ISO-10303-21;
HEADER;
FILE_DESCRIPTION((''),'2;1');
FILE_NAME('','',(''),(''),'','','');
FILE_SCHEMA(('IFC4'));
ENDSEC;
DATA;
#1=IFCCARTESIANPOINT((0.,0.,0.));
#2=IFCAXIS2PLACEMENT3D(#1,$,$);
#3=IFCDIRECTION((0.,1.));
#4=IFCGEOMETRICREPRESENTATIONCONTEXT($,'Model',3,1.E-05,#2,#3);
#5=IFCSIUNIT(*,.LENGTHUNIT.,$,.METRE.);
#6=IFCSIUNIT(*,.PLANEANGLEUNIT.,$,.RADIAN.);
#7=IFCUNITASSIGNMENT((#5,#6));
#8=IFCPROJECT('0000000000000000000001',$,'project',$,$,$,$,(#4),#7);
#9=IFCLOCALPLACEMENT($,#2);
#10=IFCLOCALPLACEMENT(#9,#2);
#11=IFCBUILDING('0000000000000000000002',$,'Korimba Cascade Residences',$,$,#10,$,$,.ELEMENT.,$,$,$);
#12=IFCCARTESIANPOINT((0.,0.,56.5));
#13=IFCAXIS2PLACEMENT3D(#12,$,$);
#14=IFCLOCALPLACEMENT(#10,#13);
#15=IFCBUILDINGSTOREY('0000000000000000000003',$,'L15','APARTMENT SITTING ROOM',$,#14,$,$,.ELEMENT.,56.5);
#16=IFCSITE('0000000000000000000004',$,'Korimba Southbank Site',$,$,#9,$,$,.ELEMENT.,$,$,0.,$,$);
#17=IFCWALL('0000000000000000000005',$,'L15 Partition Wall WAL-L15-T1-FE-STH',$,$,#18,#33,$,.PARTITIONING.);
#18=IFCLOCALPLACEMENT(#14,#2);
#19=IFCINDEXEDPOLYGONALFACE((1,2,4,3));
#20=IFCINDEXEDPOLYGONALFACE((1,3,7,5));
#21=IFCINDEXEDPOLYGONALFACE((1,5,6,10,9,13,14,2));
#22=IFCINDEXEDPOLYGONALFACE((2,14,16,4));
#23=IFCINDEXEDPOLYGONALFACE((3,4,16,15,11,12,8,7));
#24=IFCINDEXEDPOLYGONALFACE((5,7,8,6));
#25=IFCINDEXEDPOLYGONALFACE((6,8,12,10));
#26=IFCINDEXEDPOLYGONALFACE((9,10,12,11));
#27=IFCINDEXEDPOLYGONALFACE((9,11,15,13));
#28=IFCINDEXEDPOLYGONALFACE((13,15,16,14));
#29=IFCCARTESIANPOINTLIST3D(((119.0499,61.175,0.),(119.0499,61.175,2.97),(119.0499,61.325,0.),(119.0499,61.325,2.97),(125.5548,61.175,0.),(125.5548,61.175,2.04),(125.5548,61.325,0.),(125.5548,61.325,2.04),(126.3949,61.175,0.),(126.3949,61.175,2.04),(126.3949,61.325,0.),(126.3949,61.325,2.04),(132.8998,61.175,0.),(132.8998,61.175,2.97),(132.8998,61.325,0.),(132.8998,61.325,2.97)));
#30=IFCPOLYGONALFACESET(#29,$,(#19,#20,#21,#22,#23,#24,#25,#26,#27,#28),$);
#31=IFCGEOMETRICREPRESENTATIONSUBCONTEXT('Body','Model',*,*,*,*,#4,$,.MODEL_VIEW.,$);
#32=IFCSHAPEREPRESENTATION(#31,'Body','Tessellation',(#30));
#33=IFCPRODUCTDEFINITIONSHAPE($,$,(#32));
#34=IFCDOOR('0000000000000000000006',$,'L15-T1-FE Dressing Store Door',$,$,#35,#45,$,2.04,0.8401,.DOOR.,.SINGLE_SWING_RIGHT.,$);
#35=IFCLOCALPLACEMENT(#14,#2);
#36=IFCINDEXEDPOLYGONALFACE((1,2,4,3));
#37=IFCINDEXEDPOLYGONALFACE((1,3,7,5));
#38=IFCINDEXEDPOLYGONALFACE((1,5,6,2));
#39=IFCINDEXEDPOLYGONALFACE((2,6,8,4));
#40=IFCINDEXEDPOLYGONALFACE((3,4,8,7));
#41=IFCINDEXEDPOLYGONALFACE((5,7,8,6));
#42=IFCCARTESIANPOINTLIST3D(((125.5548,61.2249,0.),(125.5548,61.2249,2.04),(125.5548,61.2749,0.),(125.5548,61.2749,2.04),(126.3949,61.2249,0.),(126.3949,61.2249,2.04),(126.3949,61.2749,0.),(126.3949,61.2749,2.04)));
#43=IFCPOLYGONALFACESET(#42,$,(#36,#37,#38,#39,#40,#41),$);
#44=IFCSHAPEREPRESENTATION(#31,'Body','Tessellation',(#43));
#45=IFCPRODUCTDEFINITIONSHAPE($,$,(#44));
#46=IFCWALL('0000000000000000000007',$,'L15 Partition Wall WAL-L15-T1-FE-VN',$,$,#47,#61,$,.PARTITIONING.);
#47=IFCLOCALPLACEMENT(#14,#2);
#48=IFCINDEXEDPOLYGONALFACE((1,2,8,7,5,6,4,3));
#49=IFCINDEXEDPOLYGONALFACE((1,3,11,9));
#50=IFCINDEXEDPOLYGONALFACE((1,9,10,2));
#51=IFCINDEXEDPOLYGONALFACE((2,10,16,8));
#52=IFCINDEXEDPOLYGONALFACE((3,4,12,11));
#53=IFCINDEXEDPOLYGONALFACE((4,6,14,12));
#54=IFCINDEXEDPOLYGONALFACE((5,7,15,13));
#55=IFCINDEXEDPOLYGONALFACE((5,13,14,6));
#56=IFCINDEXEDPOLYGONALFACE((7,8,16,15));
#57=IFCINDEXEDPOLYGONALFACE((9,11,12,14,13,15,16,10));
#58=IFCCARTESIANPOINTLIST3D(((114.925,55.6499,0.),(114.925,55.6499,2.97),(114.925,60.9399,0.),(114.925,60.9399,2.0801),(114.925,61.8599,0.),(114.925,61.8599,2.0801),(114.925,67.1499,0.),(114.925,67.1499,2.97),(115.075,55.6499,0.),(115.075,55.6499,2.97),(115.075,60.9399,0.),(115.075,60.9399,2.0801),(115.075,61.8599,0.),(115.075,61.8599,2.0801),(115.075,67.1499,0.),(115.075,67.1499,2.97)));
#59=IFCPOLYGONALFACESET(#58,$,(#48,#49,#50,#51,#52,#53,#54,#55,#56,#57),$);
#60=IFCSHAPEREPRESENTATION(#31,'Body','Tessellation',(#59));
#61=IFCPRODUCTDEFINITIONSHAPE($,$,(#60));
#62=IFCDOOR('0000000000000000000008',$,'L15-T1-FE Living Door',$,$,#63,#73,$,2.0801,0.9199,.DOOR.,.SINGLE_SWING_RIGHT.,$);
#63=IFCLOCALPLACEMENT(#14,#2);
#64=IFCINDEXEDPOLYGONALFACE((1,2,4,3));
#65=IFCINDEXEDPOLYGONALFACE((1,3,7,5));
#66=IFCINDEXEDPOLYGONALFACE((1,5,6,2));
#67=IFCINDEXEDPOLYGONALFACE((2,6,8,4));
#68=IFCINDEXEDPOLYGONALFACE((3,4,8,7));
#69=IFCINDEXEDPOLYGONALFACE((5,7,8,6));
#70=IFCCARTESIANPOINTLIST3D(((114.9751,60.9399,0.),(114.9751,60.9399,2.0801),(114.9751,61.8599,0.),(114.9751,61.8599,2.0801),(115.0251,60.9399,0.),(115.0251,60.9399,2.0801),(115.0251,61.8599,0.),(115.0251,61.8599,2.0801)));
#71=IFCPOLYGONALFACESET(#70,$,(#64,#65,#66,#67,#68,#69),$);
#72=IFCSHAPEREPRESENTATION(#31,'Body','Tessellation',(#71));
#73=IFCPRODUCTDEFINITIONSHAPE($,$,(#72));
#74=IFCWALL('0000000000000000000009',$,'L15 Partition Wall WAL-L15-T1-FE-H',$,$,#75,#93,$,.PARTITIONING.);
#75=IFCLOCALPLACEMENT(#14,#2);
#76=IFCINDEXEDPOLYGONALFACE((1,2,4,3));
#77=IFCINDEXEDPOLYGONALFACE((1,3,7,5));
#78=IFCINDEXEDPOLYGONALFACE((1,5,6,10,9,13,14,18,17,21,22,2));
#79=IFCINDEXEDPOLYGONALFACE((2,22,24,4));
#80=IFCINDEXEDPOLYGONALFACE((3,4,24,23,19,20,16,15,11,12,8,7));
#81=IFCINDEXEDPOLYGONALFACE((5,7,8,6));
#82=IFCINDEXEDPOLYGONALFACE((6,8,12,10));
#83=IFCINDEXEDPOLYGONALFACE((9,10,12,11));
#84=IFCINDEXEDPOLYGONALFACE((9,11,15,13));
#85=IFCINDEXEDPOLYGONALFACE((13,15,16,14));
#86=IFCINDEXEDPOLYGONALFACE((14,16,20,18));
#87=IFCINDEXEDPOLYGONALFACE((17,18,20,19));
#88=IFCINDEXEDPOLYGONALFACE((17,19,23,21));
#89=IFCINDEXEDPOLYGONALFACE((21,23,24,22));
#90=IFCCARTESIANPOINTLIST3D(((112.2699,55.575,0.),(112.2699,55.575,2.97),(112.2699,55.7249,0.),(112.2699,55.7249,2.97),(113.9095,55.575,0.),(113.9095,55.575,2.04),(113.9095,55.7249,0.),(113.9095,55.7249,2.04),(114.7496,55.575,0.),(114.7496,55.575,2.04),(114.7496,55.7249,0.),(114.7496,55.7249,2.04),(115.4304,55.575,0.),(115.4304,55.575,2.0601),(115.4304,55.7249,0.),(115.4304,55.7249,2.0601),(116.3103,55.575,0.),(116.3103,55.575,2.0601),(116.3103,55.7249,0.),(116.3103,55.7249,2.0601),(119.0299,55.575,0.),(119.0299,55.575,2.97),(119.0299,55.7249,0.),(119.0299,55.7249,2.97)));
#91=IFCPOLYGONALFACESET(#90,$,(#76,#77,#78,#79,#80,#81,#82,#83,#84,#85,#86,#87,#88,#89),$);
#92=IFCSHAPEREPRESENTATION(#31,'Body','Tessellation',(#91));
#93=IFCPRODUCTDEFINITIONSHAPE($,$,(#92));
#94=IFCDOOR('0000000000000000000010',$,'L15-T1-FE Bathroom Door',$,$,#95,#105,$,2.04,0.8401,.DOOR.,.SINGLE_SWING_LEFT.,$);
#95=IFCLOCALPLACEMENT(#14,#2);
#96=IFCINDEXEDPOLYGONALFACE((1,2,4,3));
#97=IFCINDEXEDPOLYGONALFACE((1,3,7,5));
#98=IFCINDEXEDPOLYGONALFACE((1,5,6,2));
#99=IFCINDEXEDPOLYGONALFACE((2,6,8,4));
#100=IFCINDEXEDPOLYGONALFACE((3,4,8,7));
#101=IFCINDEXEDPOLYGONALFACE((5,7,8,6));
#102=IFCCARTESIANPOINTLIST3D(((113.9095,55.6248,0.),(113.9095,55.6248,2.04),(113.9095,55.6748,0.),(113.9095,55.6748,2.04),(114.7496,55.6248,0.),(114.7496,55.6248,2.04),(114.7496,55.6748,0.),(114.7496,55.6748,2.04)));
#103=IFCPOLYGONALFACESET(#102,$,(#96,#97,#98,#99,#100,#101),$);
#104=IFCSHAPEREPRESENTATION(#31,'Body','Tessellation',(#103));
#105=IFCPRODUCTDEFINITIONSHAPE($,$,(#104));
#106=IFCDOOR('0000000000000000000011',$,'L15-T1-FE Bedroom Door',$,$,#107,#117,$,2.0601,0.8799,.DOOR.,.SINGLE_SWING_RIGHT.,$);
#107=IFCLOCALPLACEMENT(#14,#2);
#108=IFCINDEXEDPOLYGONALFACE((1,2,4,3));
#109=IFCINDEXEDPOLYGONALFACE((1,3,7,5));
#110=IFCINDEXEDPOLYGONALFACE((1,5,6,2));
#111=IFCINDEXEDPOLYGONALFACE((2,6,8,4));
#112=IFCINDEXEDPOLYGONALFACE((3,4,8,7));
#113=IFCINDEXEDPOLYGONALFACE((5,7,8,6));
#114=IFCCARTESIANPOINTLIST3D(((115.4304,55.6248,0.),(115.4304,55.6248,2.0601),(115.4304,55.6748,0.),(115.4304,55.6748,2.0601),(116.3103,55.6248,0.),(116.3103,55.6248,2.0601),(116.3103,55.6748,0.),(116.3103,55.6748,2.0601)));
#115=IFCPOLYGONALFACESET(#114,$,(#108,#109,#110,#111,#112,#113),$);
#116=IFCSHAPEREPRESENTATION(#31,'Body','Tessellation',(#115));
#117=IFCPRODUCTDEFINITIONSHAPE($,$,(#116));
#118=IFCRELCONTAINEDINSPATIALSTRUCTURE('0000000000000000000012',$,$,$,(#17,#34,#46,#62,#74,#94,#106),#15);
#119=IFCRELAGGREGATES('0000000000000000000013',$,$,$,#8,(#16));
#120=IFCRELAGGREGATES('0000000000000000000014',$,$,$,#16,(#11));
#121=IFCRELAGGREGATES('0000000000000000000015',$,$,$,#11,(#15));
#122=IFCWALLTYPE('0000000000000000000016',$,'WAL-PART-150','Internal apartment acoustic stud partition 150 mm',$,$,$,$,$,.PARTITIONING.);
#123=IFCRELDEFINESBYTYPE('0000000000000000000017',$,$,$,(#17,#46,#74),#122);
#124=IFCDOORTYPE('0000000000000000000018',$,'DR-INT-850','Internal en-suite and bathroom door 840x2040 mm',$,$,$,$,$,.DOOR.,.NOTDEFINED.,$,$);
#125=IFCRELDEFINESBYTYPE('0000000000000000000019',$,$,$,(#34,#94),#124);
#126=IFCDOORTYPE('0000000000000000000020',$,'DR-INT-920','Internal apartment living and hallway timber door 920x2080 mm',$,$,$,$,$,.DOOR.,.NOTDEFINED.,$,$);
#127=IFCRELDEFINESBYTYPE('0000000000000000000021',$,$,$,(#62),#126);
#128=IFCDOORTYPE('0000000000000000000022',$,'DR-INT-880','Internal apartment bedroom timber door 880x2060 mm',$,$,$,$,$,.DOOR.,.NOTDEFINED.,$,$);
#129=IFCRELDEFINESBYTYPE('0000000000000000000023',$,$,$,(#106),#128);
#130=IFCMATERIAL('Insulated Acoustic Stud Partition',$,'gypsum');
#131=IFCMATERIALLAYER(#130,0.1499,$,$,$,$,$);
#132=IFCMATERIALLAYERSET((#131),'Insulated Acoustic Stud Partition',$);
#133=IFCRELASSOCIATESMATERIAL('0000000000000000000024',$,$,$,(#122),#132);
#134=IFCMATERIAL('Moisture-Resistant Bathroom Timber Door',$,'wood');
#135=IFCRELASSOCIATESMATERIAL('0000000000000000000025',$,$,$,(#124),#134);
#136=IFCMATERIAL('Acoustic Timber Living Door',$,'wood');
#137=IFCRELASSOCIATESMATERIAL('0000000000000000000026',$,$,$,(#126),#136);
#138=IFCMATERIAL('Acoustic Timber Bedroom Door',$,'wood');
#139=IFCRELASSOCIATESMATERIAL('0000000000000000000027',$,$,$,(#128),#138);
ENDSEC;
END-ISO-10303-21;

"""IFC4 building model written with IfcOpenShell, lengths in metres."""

from ifc_helpers import new_model, si_unit, direction, frame, frame_2d, origin, place, context, subcontext, project, spatial, rectangle, extrude, material, layer, layer_set, type_object, element, fill, save


model = new_model("IFC4")

# Units and contexts
model_context = context("Model", 3, precision=1e-05, world=origin(), true_north=direction((0.0, 1.0)))
body_context = subcontext(model_context, "Body", "Model", "MODEL_VIEW")
ifc_project = project(units=[si_unit("LENGTHUNIT", "METRE"), si_unit("PLANEANGLEUNIT", "RADIAN")], contexts=[model_context])

# Site, building, storey
site_placement = place(None, origin())
site = spatial("IfcSite", under=ifc_project, at=site_placement, Name="Korimba Southbank Site", CompositionType="ELEMENT", RefElevation=0.0)
building_placement = place(site_placement, origin())
building = spatial("IfcBuilding", under=site, at=building_placement, Name="Korimba Cascade Residences", CompositionType="ELEMENT")
storey_placement = place(building_placement, frame((0.0, 0.0, 56.5)))
storey = spatial("IfcBuildingStorey", under=building, at=storey_placement, Name="L15", Description="APARTMENT SITTING ROOM", CompositionType="ELEMENT", Elevation=56.5)

# Walls, openings, doors
ifc_material_1 = material(Name="Insulated Acoustic Stud Partition", Category="gypsum")
ifc_layer_1 = layer(ifc_material_1, 0.1499)
ifc_layer_set_1 = layer_set([ifc_layer_1], Name="Insulated Acoustic Stud Partition")
wall_type_1 = type_object("IfcWallType", Name="WAL-PART-150", Description="Internal apartment acoustic stud partition 150 mm", PredefinedType="PARTITIONING", material=ifc_layer_set_1)
wall_1_placement = place(storey_placement, frame((119.05, 61.25, 0.0), z_axis=(0.0, 0.0, 1.0), x_axis=(1.0, 0.0, 0.0)))
wall_1 = element("IfcWall", 1, at=wall_1_placement, inside=storey, type_object=wall_type_1, Name="L15 Partition Wall WAL-L15-T1-FE-STH", PredefinedType="PARTITIONING", context=body_context, shape_type="SweptSolid", body=[
    extrude(rectangle(XDim=13.8499, YDim=0.1499, at=frame_2d((6.9248, 0.0))), origin(), (0.0, 0.0, 1.0), 2.97),
])
opening_1_placement = place(wall_1_placement, frame((6.5049, 0.0, 0.0)))
opening_1 = element("IfcOpeningElement", 2, at=opening_1_placement, cuts=wall_1, PredefinedType="OPENING", context=body_context, shape_type="SweptSolid", body=[
    extrude(rectangle(XDim=0.8401, YDim=2.04, at=frame_2d((0.4199, 1.02))), frame((0.0, 0.085, 0.0), z_axis=(0.0, -1.0, 0.0), x_axis=(1.0, 0.0, 0.0)), (0.0, 0.0, 1.0), 0.1699),
])
ifc_material_2 = material(Name="Moisture-Resistant Bathroom Timber Door", Category="wood")
door_type_1 = type_object("IfcDoorType", Name="DR-INT-850", Description="Internal en-suite and bathroom door 840x2040 mm", OperationType="NOTDEFINED", PredefinedType="DOOR", material=ifc_material_2)
door_1_placement = place(opening_1_placement, origin())
door_1 = element("IfcDoor", 3, at=door_1_placement, inside=storey, type_object=door_type_1, Name="L15-T1-FE Dressing Store Door", OperationType="SINGLE_SWING_RIGHT", OverallHeight=2.04, OverallWidth=0.8401, PredefinedType="DOOR", context=body_context, shape_type="SweptSolid", body=[
    extrude(rectangle(XDim=0.8401, YDim=2.04, at=frame_2d((0.4199, 1.02))), frame((0.0, 0.0249, 0.0), z_axis=(0.0, -1.0, 0.0), x_axis=(1.0, 0.0, 0.0)), (0.0, 0.0, 1.0), 0.05),
])
fill(opening_1, door_1)
wall_2_placement = place(storey_placement, frame((115.0, 55.6499, 0.0), z_axis=(0.0, 0.0, 1.0), x_axis=(0.0, 1.0, 0.0)))
wall_2 = element("IfcWall", 4, at=wall_2_placement, inside=storey, type_object=wall_type_1, Name="L15 Partition Wall WAL-L15-T1-FE-VN", PredefinedType="PARTITIONING", context=body_context, shape_type="SweptSolid", body=[
    extrude(rectangle(XDim=11.5, YDim=0.1499, at=frame_2d((5.75, 0.0))), origin(), (0.0, 0.0, 1.0), 2.97),
])
opening_2_placement = place(wall_2_placement, frame((5.29, 0.0, 0.0)))
opening_2 = element("IfcOpeningElement", 5, at=opening_2_placement, cuts=wall_2, PredefinedType="OPENING", context=body_context, shape_type="SweptSolid", body=[
    extrude(rectangle(XDim=0.9199, YDim=2.0801, at=frame_2d((0.46, 1.04))), frame((0.0, 0.085, 0.0), z_axis=(0.0, -1.0, 0.0), x_axis=(1.0, 0.0, 0.0)), (0.0, 0.0, 1.0), 0.1699),
])
ifc_material_3 = material(Name="Acoustic Timber Living Door", Category="wood")
door_type_2 = type_object("IfcDoorType", Name="DR-INT-920", Description="Internal apartment living and hallway timber door 920x2080 mm", OperationType="NOTDEFINED", PredefinedType="DOOR", material=ifc_material_3)
door_2_placement = place(opening_2_placement, origin())
door_2 = element("IfcDoor", 6, at=door_2_placement, inside=storey, type_object=door_type_2, Name="L15-T1-FE Living Door", OperationType="SINGLE_SWING_RIGHT", OverallHeight=2.0801, OverallWidth=0.9199, PredefinedType="DOOR", context=body_context, shape_type="SweptSolid", body=[
    extrude(rectangle(XDim=0.9199, YDim=2.0801, at=frame_2d((0.46, 1.04))), frame((0.0, 0.0249, 0.0), z_axis=(0.0, -1.0, 0.0), x_axis=(1.0, 0.0, 0.0)), (0.0, 0.0, 1.0), 0.05),
])
fill(opening_2, door_2)

# Wall, openings, doors
wall_3_placement = place(storey_placement, frame((112.27, 55.6499, 0.0), z_axis=(0.0, 0.0, 1.0), x_axis=(1.0, 0.0, 0.0)))
wall_3 = element("IfcWall", 7, at=wall_3_placement, inside=storey, type_object=wall_type_1, Name="L15 Partition Wall WAL-L15-T1-FE-H", PredefinedType="PARTITIONING", context=body_context, shape_type="SweptSolid", body=[
    extrude(rectangle(XDim=6.76, YDim=0.1499, at=frame_2d((3.3799, 0.0))), origin(), (0.0, 0.0, 1.0), 2.97),
])
opening_3_placement = place(wall_3_placement, frame((1.6396, 0.0, 0.0)))
opening_3 = element("IfcOpeningElement", 8, at=opening_3_placement, cuts=wall_3, PredefinedType="OPENING", context=body_context, shape_type="SweptSolid", body=[
    extrude(rectangle(XDim=0.8401, YDim=2.04, at=frame_2d((0.4199, 1.02))), frame((0.0, 0.085, 0.0), z_axis=(0.0, -1.0, 0.0), x_axis=(1.0, 0.0, 0.0)), (0.0, 0.0, 1.0), 0.1699),
])
opening_4_placement = place(wall_3_placement, frame((3.1604, 0.0, 0.0)))
opening_4 = element("IfcOpeningElement", 9, at=opening_4_placement, cuts=wall_3, PredefinedType="OPENING", context=body_context, shape_type="SweptSolid", body=[
    extrude(rectangle(XDim=0.8799, YDim=2.0601, at=frame_2d((0.4399, 1.03))), frame((0.0, 0.085, 0.0), z_axis=(0.0, -1.0, 0.0), x_axis=(1.0, 0.0, 0.0)), (0.0, 0.0, 1.0), 0.1699),
])
door_3_placement = place(opening_3_placement, origin())
door_3 = element("IfcDoor", 10, at=door_3_placement, inside=storey, type_object=door_type_1, Name="L15-T1-FE Bathroom Door", OperationType="SINGLE_SWING_LEFT", OverallHeight=2.04, OverallWidth=0.8401, PredefinedType="DOOR", context=body_context, shape_type="SweptSolid", body=[
    extrude(rectangle(XDim=0.8401, YDim=2.04, at=frame_2d((0.4199, 1.02))), frame((0.0, 0.0249, 0.0), z_axis=(0.0, -1.0, 0.0), x_axis=(1.0, 0.0, 0.0)), (0.0, 0.0, 1.0), 0.05),
])
fill(opening_3, door_3)
ifc_material_4 = material(Name="Acoustic Timber Bedroom Door", Category="wood")
door_type_3 = type_object("IfcDoorType", Name="DR-INT-880", Description="Internal apartment bedroom timber door 880x2060 mm", OperationType="NOTDEFINED", PredefinedType="DOOR", material=ifc_material_4)
door_4_placement = place(opening_4_placement, origin())
door_4 = element("IfcDoor", 11, at=door_4_placement, inside=storey, type_object=door_type_3, Name="L15-T1-FE Bedroom Door", OperationType="SINGLE_SWING_RIGHT", OverallHeight=2.0601, OverallWidth=0.8799, PredefinedType="DOOR", context=body_context, shape_type="SweptSolid", body=[
    extrude(rectangle(XDim=0.8799, YDim=2.0601, at=frame_2d((0.4399, 1.03))), frame((0.0, 0.0249, 0.0), z_axis=(0.0, -1.0, 0.0), x_axis=(1.0, 0.0, 0.0)), (0.0, 0.0, 1.0), 0.05),
])
fill(opening_4, door_4)

save(model, "model.ifc")
